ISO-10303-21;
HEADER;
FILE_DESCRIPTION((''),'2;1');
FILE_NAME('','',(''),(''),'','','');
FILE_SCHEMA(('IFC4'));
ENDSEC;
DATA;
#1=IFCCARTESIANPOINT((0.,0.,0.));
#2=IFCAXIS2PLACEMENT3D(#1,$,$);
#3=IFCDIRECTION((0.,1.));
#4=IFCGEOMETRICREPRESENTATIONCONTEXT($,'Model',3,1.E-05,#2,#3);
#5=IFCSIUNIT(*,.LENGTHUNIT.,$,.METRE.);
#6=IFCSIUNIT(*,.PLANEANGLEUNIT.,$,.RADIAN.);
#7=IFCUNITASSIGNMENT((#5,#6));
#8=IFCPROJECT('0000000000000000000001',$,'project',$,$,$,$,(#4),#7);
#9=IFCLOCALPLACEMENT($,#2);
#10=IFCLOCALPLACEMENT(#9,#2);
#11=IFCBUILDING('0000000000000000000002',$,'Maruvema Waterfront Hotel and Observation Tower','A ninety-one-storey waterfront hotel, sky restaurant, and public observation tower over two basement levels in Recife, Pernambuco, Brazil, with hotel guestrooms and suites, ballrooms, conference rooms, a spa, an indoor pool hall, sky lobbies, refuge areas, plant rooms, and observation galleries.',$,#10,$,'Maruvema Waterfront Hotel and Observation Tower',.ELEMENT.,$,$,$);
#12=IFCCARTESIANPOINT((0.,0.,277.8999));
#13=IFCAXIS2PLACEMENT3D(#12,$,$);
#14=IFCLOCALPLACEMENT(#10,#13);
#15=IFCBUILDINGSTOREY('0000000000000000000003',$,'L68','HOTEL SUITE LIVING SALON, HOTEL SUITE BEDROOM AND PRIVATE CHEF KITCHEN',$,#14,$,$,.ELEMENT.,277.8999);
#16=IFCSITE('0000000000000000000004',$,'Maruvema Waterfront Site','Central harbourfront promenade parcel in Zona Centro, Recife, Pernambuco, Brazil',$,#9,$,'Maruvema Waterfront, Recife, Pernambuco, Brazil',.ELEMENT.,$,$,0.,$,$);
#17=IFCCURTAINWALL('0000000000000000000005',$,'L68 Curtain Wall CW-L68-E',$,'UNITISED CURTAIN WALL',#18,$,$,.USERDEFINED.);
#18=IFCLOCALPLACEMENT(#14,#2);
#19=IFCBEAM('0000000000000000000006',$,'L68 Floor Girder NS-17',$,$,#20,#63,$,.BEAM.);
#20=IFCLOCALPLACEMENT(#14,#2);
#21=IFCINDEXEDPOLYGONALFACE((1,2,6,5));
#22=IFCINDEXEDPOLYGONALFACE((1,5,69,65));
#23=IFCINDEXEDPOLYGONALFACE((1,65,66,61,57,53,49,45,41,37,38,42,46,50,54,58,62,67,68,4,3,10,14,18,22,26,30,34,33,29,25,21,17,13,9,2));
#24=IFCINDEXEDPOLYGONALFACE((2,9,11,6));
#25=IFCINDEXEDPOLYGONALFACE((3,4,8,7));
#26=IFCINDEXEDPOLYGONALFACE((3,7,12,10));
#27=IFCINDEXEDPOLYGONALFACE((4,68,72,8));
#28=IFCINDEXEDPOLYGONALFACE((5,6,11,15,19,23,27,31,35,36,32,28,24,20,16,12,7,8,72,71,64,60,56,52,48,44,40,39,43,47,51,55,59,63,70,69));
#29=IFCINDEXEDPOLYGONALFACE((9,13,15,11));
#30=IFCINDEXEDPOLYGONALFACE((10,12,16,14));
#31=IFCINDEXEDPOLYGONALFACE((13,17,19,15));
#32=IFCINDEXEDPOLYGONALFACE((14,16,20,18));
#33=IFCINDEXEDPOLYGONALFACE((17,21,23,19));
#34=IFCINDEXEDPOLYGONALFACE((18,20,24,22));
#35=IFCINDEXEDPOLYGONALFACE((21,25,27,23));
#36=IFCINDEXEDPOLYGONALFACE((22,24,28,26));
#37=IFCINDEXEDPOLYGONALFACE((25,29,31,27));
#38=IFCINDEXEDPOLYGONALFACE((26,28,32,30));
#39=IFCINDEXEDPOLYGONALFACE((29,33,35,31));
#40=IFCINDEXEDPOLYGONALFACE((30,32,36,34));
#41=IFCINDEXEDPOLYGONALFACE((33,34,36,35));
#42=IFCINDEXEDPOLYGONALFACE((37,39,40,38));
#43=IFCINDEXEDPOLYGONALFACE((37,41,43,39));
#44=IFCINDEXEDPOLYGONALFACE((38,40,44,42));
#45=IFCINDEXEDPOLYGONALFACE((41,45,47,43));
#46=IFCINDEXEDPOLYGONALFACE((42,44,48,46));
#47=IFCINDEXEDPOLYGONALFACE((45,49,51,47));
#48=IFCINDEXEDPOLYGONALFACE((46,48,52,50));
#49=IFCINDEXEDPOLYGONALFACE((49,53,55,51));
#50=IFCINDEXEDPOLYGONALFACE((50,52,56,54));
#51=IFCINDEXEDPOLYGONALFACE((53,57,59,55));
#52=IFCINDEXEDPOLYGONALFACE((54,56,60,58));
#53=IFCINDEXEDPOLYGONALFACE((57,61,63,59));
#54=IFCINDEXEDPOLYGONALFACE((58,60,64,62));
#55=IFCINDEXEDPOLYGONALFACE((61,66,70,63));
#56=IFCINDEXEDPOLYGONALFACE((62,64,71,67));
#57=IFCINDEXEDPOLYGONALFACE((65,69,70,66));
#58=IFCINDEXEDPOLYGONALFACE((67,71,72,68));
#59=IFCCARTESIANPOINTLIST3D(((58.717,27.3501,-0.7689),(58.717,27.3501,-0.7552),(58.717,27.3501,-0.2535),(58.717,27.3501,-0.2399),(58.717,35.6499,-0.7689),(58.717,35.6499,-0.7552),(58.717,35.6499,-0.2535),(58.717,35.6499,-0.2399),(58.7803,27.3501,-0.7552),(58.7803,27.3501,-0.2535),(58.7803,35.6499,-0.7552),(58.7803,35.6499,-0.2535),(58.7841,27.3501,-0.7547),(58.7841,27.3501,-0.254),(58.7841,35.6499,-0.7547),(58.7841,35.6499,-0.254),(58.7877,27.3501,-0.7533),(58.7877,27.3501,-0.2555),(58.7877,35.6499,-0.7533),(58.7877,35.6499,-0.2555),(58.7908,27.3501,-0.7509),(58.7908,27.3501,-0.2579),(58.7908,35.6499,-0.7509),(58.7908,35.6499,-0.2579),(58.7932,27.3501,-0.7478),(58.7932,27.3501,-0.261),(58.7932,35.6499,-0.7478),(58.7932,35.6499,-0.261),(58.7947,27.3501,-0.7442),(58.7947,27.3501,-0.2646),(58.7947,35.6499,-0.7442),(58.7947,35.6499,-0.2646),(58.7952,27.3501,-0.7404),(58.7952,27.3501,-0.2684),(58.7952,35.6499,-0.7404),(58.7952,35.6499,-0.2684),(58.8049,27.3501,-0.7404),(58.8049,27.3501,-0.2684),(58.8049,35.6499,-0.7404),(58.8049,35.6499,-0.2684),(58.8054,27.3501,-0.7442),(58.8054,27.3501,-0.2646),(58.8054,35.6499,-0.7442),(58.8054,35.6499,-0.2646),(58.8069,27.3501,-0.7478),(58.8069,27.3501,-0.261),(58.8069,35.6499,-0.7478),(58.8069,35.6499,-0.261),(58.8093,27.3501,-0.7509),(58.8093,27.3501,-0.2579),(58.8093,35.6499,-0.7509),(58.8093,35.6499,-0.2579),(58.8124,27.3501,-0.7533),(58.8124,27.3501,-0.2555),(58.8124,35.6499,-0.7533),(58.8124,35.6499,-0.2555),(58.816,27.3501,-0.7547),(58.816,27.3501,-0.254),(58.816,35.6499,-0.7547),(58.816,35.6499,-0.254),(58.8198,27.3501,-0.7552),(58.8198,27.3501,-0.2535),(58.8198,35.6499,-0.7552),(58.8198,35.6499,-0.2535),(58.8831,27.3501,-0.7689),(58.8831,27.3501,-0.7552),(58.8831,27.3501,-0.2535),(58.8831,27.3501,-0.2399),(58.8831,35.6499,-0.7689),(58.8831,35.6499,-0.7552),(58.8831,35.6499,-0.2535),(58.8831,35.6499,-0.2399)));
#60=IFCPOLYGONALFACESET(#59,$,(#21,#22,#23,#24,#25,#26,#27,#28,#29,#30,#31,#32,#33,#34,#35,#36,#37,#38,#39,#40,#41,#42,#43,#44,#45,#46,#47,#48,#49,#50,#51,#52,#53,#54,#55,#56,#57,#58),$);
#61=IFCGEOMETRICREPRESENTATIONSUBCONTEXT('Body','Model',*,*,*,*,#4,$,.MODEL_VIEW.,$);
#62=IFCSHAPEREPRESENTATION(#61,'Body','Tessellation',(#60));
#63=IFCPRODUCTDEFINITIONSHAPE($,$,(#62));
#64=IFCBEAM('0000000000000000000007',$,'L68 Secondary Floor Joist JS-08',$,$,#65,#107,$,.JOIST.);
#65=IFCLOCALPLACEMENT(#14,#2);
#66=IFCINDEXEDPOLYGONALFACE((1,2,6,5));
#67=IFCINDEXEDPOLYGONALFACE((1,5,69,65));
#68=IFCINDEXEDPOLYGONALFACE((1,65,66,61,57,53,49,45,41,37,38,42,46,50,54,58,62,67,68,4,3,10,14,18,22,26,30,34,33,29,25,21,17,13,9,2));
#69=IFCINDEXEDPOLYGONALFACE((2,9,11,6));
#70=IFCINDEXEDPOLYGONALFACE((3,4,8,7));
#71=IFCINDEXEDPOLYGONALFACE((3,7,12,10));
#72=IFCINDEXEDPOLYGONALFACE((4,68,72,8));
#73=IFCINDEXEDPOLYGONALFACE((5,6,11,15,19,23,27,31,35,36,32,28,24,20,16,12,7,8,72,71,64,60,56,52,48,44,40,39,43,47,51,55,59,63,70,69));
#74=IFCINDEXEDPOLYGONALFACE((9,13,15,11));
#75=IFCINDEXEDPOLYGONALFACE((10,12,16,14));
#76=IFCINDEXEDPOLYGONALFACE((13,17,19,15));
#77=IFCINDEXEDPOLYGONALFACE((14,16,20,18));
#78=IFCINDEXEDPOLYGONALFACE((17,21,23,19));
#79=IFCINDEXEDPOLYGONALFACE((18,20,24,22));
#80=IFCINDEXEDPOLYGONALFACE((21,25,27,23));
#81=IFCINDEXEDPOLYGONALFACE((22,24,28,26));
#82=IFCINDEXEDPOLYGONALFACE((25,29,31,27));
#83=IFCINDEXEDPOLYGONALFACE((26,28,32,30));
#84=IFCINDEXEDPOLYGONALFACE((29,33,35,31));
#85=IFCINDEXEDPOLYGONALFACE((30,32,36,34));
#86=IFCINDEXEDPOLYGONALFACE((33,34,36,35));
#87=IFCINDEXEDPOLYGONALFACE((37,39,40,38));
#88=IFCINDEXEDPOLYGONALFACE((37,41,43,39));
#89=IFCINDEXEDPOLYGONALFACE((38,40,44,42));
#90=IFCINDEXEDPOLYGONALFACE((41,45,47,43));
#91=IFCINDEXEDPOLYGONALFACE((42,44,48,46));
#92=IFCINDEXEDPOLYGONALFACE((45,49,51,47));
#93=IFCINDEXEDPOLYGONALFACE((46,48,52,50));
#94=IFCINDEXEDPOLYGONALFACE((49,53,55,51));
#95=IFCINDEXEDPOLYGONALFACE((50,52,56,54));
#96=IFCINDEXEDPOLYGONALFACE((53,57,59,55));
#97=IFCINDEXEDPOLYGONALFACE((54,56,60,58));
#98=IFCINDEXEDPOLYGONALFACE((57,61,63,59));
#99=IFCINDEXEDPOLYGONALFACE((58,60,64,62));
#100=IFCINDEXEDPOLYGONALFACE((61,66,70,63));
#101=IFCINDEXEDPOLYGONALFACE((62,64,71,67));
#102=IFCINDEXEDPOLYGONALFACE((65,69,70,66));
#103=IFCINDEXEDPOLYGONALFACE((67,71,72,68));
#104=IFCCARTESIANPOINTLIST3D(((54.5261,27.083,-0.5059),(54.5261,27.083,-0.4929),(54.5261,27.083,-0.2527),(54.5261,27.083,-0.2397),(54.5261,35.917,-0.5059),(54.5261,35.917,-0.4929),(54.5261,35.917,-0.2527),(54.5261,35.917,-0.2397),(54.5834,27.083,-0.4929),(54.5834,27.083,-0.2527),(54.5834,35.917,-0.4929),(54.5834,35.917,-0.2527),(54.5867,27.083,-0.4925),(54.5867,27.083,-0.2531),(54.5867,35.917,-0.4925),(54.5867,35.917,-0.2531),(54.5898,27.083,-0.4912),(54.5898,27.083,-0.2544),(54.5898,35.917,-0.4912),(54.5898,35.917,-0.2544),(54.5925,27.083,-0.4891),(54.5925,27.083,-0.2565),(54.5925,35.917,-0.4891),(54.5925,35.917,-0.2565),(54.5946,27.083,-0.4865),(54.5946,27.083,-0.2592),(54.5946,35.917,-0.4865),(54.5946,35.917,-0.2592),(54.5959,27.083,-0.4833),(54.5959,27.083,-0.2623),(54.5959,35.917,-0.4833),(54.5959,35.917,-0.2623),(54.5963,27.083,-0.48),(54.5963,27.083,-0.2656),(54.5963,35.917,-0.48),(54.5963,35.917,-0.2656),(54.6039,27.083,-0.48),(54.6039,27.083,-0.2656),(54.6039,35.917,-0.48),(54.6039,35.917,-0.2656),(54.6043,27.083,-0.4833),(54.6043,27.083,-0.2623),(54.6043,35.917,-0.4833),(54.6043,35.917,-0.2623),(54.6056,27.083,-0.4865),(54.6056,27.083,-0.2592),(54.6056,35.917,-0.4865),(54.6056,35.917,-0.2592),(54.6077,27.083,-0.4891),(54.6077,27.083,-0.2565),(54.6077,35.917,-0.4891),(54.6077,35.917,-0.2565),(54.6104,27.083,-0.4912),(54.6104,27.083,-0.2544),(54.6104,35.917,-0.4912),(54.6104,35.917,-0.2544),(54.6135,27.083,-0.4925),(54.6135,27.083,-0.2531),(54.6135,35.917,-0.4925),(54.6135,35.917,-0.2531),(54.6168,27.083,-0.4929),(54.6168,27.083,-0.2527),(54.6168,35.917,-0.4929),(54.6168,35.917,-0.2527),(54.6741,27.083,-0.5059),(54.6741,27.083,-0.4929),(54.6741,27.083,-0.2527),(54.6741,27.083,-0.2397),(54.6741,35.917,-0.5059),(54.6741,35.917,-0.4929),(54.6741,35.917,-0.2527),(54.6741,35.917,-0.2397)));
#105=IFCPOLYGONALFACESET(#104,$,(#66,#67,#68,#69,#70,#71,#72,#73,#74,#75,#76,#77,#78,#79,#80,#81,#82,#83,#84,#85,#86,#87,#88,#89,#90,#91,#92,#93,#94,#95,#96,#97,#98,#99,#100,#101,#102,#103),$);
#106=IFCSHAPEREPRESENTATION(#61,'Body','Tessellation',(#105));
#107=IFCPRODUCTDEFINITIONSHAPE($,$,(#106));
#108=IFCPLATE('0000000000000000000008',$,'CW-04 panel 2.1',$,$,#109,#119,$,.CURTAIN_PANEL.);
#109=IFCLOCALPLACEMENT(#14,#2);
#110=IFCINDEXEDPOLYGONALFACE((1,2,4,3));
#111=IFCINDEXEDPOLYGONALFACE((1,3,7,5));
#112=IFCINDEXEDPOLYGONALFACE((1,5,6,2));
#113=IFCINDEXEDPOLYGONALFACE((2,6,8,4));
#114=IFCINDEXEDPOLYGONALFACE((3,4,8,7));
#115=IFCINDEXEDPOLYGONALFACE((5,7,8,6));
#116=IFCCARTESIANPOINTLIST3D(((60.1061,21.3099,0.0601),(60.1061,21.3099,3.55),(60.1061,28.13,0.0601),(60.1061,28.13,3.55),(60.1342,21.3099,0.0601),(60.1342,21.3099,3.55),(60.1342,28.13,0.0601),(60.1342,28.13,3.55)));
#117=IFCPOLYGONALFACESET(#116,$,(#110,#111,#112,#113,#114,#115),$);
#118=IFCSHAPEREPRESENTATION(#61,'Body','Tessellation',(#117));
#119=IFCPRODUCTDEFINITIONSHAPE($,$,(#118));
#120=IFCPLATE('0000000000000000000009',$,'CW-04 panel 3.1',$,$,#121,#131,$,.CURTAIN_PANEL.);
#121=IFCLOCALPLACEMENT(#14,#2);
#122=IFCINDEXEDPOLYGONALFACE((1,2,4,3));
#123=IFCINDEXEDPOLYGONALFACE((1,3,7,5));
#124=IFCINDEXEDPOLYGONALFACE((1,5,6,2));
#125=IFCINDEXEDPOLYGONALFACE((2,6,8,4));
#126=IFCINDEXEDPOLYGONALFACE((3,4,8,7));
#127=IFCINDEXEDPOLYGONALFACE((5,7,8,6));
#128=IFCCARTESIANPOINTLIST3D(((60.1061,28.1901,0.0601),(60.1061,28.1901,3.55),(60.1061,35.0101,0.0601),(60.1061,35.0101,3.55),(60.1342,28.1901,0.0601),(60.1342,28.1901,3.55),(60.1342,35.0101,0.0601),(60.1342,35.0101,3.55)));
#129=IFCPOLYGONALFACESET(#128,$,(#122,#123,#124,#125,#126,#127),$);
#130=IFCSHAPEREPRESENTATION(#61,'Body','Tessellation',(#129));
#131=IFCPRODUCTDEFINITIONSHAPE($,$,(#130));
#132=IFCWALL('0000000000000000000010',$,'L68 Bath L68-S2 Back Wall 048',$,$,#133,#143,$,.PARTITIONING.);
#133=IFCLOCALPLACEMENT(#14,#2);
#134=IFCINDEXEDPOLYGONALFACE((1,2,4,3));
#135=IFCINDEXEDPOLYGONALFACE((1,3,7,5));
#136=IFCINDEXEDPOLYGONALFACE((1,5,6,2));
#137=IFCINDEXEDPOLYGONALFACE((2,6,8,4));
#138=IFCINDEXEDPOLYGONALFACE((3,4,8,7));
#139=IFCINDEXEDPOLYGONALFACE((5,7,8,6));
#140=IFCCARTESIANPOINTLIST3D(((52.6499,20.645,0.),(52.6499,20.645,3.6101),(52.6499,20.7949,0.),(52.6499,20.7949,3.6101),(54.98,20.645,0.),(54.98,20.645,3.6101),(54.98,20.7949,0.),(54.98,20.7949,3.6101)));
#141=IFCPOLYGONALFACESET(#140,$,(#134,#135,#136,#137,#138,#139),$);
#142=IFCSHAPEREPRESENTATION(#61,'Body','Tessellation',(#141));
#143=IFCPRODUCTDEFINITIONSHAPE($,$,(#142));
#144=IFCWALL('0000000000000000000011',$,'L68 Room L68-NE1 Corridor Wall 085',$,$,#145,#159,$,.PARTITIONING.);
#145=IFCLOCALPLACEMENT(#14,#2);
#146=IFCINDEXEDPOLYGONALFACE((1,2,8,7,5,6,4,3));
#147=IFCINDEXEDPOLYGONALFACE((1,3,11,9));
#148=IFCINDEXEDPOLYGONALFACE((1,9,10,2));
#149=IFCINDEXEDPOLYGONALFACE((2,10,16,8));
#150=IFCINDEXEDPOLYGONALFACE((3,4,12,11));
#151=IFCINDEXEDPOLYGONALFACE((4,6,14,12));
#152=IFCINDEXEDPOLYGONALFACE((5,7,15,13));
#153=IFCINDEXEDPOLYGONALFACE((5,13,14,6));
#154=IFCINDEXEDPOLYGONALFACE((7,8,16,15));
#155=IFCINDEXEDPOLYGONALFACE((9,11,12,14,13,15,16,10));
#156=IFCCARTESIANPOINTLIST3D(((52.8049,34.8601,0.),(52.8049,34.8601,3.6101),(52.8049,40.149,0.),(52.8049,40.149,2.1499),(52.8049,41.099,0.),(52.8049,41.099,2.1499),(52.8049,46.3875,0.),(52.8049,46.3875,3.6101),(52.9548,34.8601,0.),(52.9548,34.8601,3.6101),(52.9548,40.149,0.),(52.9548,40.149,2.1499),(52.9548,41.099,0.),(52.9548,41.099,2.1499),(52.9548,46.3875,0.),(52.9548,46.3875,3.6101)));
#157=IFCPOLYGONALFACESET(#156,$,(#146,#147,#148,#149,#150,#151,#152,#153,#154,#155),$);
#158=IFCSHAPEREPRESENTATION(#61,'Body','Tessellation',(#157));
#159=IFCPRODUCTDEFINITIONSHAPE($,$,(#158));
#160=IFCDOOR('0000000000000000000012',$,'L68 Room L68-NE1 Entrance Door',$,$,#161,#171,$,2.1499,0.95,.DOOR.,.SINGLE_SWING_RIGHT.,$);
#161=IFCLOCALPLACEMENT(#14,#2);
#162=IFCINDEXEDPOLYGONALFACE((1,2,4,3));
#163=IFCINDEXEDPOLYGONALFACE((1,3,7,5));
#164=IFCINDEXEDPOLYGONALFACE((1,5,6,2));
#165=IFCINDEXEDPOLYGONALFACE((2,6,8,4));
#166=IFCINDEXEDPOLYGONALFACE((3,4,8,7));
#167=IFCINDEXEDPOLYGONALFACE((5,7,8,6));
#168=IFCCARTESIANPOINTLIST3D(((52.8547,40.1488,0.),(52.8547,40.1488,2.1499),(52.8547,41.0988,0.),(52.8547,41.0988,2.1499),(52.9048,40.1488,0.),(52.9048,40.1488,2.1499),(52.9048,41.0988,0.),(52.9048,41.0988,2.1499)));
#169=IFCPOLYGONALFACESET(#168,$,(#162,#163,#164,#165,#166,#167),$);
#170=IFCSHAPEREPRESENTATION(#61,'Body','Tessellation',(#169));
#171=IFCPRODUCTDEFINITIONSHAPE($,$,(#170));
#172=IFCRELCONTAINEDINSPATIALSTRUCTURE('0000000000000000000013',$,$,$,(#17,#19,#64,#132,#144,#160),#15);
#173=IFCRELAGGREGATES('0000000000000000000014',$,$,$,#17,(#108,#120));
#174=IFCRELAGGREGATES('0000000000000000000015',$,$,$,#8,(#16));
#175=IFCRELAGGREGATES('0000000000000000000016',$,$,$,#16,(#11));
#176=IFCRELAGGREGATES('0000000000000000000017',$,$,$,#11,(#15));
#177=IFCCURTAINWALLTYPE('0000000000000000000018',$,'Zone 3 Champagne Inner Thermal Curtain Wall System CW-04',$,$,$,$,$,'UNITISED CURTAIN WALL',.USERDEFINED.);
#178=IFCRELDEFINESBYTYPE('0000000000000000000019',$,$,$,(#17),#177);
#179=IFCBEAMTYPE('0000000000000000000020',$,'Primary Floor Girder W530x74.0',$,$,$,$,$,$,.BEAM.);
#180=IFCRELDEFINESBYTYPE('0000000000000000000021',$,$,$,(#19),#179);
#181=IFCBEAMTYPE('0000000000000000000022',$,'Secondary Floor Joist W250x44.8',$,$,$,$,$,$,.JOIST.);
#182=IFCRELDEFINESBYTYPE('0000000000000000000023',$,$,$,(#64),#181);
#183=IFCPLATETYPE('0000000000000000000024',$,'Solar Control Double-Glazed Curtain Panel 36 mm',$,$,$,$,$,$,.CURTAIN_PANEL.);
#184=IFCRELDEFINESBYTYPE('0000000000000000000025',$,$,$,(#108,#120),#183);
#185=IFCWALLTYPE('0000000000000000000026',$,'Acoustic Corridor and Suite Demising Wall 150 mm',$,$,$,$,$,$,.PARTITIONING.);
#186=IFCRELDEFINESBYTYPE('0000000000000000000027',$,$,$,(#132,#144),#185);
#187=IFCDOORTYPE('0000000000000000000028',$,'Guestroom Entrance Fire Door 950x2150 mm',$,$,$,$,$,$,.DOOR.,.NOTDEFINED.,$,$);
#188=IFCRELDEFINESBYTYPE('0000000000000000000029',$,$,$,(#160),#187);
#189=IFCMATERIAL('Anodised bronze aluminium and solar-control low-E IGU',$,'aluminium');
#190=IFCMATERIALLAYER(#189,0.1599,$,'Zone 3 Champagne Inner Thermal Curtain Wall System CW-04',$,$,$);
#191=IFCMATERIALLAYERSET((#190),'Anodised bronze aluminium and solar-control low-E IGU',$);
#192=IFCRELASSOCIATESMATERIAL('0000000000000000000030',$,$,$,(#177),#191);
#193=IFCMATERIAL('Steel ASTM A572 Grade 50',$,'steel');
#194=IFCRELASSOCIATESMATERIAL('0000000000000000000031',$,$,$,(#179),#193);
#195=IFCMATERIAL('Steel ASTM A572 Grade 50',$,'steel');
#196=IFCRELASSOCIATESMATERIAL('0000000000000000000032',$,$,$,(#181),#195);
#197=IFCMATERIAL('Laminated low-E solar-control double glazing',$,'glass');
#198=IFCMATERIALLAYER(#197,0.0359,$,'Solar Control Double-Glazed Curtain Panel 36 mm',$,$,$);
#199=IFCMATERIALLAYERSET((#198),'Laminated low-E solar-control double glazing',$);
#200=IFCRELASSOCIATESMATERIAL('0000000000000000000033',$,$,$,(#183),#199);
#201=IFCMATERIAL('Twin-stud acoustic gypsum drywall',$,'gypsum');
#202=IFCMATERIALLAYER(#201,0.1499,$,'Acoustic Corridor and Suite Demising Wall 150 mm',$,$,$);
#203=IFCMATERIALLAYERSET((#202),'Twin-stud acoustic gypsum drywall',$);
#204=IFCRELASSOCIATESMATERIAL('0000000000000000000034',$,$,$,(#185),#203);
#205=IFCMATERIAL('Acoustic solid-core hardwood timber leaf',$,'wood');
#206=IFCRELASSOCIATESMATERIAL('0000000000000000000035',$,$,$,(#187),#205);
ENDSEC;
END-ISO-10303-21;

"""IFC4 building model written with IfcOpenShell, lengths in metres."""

from ifc_helpers import new_model, si_unit, direction, frame, frame_2d, origin, origin_2d, place, context, subcontext, project, spatial, rectangle, i_section, extrude, material, layer, layer_set, material_profile, profile_set, type_object, element, fill, aggregate, save


model = new_model("IFC4")

# Units and contexts
model_context = context("Model", 3, precision=1e-05, world=origin(), true_north=direction((0.0, 1.0)))
body_context = subcontext(model_context, "Body", "Model", "MODEL_VIEW")
ifc_project = project(units=[si_unit("LENGTHUNIT", "METRE"), si_unit("PLANEANGLEUNIT", "RADIAN")], contexts=[model_context])

# Site, building, storey
site_placement = place(None, origin())
site = spatial("IfcSite", under=ifc_project, at=site_placement, Name="Maruvema Waterfront Site", Description="Central harbourfront promenade parcel in Zona Centro, Recife, Pernambuco, Brazil", LongName="Maruvema Waterfront, Recife, Pernambuco, Brazil", CompositionType="ELEMENT", RefElevation=0.0)
building_placement = place(site_placement, origin())
building = spatial("IfcBuilding", under=site, at=building_placement, Name="Maruvema Waterfront Hotel and Observation Tower", Description="A ninety-one-storey waterfront hotel, sky restaurant, and public observation tower over two basement levels in Recife, Pernambuco, Brazil, with hotel guestrooms and suites, ballrooms, conference rooms, a spa, an indoor pool hall, sky lobbies, refuge areas, plant rooms, and observation galleries.", LongName="Maruvema Waterfront Hotel and Observation Tower", CompositionType="ELEMENT")
storey_placement = place(building_placement, frame((0.0, 0.0, 277.8999)))
storey = spatial("IfcBuildingStorey", under=building, at=storey_placement, Name="L68", Description="HOTEL SUITE LIVING SALON, HOTEL SUITE BEDROOM AND PRIVATE CHEF KITCHEN", CompositionType="ELEMENT", Elevation=277.8999)

# Curtain wall
ifc_material_1 = material(Name="Anodised bronze aluminium and solar-control low-E IGU", Category="aluminium")
ifc_layer_1 = layer(ifc_material_1, 0.1599, Name="Zone 3 Champagne Inner Thermal Curtain Wall System CW-04")
ifc_layer_set_1 = layer_set([ifc_layer_1], Name="Anodised bronze aluminium and solar-control low-E IGU")
curtain_wall_type = type_object("IfcCurtainWallType", Name="Zone 3 Champagne Inner Thermal Curtain Wall System CW-04", ElementType="UNITISED CURTAIN WALL", PredefinedType="USERDEFINED", material=ifc_layer_set_1)
curtain_wall_placement = place(storey_placement, origin())
curtain_wall = element("IfcCurtainWall", 1, at=curtain_wall_placement, inside=storey, type_object=curtain_wall_type, Name="L68 Curtain Wall CW-L68-E", ObjectType="UNITISED CURTAIN WALL", PredefinedType="USERDEFINED")

# Beams
ifc_material_2 = material(Name="Steel ASTM A572 Grade 50", Category="steel")
ifc_material_profile_1 = material_profile(ifc_material_2, i_section(OverallWidth=0.166, OverallDepth=0.5291, WebThickness=0.0098, FlangeThickness=0.0137, FilletRadius=0.0149, at=origin_2d()), Name="W530x74.0")
ifc_profile_set_1 = profile_set([ifc_material_profile_1], Name="Steel ASTM A572 Grade 50")
beam_type_1 = type_object("IfcBeamType", Name="Primary Floor Girder W530x74.0", PredefinedType="BEAM", material=ifc_profile_set_1)
beam_1_placement = place(storey_placement, frame((58.8, 27.3501, -0.5044), z_axis=(0.0, 1.0, 0.0), x_axis=(-1.0, 0.0, 0.0)))
element("IfcBeam", 2, at=beam_1_placement, inside=storey, type_object=beam_type_1, Name="L68 Floor Girder NS-17", PredefinedType="BEAM", context=body_context, shape_type="SweptSolid", body=[
    extrude(i_section(OverallWidth=0.166, OverallDepth=0.5291, WebThickness=0.0098, FlangeThickness=0.0137, FilletRadius=0.0149, at=origin_2d()), origin(), (0.0, 0.0, 1.0), 8.2998),
])
ifc_material_3 = material(Name="Steel ASTM A572 Grade 50", Category="steel")
ifc_material_profile_2 = material_profile(ifc_material_3, i_section(OverallWidth=0.1479, OverallDepth=0.2661, WebThickness=0.0076, FlangeThickness=0.0129, FilletRadius=0.0129, at=origin_2d()), Name="W250x44.8")
ifc_profile_set_2 = profile_set([ifc_material_profile_2], Name="Steel ASTM A572 Grade 50")
beam_type_2 = type_object("IfcBeamType", Name="Secondary Floor Joist W250x44.8", PredefinedType="JOIST", material=ifc_profile_set_2)
beam_2_placement = place(storey_placement, frame((54.6001, 27.083, -0.3728), z_axis=(0.0, 1.0, 0.0), x_axis=(-1.0, 0.0, 0.0)))
element("IfcBeam", 3, at=beam_2_placement, inside=storey, type_object=beam_type_2, Name="L68 Secondary Floor Joist JS-08", PredefinedType="JOIST", context=body_context, shape_type="SweptSolid", body=[
    extrude(i_section(OverallWidth=0.1479, OverallDepth=0.2661, WebThickness=0.0076, FlangeThickness=0.0129, FilletRadius=0.0129, at=origin_2d()), origin(), (0.0, 0.0, 1.0), 8.834),
])

# Plates
ifc_material_4 = material(Name="Laminated low-E solar-control double glazing", Category="glass")
ifc_layer_2 = layer(ifc_material_4, 0.0359, Name="Solar Control Double-Glazed Curtain Panel 36 mm")
ifc_layer_set_2 = layer_set([ifc_layer_2], Name="Laminated low-E solar-control double glazing")
plate_type = type_object("IfcPlateType", Name="Solar Control Double-Glazed Curtain Panel 36 mm", PredefinedType="CURTAIN_PANEL", material=ifc_layer_set_2)
plate_1_placement = place(storey_placement, frame((60.1201, 24.72, 0.0601), z_axis=(0.0, 0.0, 1.0), x_axis=(0.0, 1.0, 0.0)))
plate_1 = element("IfcPlate", 4, at=plate_1_placement, type_object=plate_type, Name="CW-04 panel 2.1", PredefinedType="CURTAIN_PANEL", context=body_context, shape_type="SweptSolid", body=[
    extrude(rectangle(XDim=6.8201, YDim=0.0281, at=origin_2d()), origin(), (0.0, 0.0, 1.0), 3.49),
])
plate_2_placement = place(storey_placement, frame((60.1201, 31.6001, 0.0601), z_axis=(0.0, 0.0, 1.0), x_axis=(0.0, 1.0, 0.0)))
plate_2 = element("IfcPlate", 5, at=plate_2_placement, type_object=plate_type, Name="CW-04 panel 3.1", PredefinedType="CURTAIN_PANEL", context=body_context, shape_type="SweptSolid", body=[
    extrude(rectangle(XDim=6.8201, YDim=0.0281, at=origin_2d()), origin(), (0.0, 0.0, 1.0), 3.49),
])
aggregate(curtain_wall, [plate_1, plate_2])

# Wall
ifc_material_5 = material(Name="Twin-stud acoustic gypsum drywall", Category="gypsum")
ifc_layer_3 = layer(ifc_material_5, 0.1499, Name="Acoustic Corridor and Suite Demising Wall 150 mm")
ifc_layer_set_3 = layer_set([ifc_layer_3], Name="Twin-stud acoustic gypsum drywall")
wall_type_1 = type_object("IfcWallType", Name="Acoustic Corridor and Suite Demising Wall 150 mm", PredefinedType="PARTITIONING", material=ifc_layer_set_3)
wall_1_placement = place(storey_placement, frame((52.6499, 20.72, 0.0), z_axis=(0.0, 0.0, 1.0), x_axis=(1.0, 0.0, 0.0)))
element("IfcWall", 6, at=wall_1_placement, inside=storey, type_object=wall_type_1, Name="L68 Bath L68-S2 Back Wall 048", PredefinedType="PARTITIONING", context=body_context, shape_type="SweptSolid", body=[
    extrude(rectangle(XDim=2.3301, YDim=0.1499, at=frame_2d((1.165, 0.0))), origin(), (0.0, 0.0, 1.0), 3.6101),
])

# Wall, opening, door
wall_2_placement = place(storey_placement, frame((52.8799, 34.8601, 0.0), z_axis=(0.0, 0.0, 1.0), x_axis=(0.0, 1.0, 0.0)))
wall_2 = element("IfcWall", 7, at=wall_2_placement, inside=storey, type_object=wall_type_1, Name="L68 Room L68-NE1 Corridor Wall 085", PredefinedType="PARTITIONING", context=body_context, shape_type="SweptSolid", body=[
    extrude(rectangle(XDim=11.5273, YDim=0.1499, at=frame_2d((5.7637, 0.0))), origin(), (0.0, 0.0, 1.0), 3.6101),
])
opening_1_placement = place(wall_2_placement, frame((5.2888, 0.0, 0.0)))
opening_1 = element("IfcOpeningElement", 8, at=opening_1_placement, cuts=wall_2, PredefinedType="OPENING", context=body_context, shape_type="SweptSolid", body=[
    extrude(rectangle(XDim=0.95, YDim=2.1499, at=frame_2d((0.4751, 1.075))), frame((0.0, 0.085, 0.0), z_axis=(0.0, -1.0, 0.0), x_axis=(1.0, 0.0, 0.0)), (0.0, 0.0, 1.0), 0.1699),
])
ifc_material_6 = material(Name="Acoustic solid-core hardwood timber leaf", Category="wood")
door_type_1 = type_object("IfcDoorType", Name="Guestroom Entrance Fire Door 950x2150 mm", OperationType="NOTDEFINED", PredefinedType="DOOR", material=ifc_material_6)
door_1_placement = place(opening_1_placement, frame((0.95, 0.0, 0.0), z_axis=(0.0, 0.0, 1.0), x_axis=(-1.0, 0.0, 0.0)))
door_1 = element("IfcDoor", 9, at=door_1_placement, inside=storey, type_object=door_type_1, Name="L68 Room L68-NE1 Entrance Door", OperationType="SINGLE_SWING_RIGHT", OverallHeight=2.1499, OverallWidth=0.95, PredefinedType="DOOR", context=body_context, shape_type="SweptSolid", body=[
    extrude(rectangle(XDim=0.95, YDim=2.1499, at=frame_2d((0.4751, 1.075))), frame((0.0, 0.0249, 0.0), z_axis=(0.0, -1.0, 0.0), x_axis=(1.0, 0.0, 0.0)), (0.0, 0.0, 1.0), 0.05),
])
fill(opening_1, door_1)

save(model, "model.ifc")
